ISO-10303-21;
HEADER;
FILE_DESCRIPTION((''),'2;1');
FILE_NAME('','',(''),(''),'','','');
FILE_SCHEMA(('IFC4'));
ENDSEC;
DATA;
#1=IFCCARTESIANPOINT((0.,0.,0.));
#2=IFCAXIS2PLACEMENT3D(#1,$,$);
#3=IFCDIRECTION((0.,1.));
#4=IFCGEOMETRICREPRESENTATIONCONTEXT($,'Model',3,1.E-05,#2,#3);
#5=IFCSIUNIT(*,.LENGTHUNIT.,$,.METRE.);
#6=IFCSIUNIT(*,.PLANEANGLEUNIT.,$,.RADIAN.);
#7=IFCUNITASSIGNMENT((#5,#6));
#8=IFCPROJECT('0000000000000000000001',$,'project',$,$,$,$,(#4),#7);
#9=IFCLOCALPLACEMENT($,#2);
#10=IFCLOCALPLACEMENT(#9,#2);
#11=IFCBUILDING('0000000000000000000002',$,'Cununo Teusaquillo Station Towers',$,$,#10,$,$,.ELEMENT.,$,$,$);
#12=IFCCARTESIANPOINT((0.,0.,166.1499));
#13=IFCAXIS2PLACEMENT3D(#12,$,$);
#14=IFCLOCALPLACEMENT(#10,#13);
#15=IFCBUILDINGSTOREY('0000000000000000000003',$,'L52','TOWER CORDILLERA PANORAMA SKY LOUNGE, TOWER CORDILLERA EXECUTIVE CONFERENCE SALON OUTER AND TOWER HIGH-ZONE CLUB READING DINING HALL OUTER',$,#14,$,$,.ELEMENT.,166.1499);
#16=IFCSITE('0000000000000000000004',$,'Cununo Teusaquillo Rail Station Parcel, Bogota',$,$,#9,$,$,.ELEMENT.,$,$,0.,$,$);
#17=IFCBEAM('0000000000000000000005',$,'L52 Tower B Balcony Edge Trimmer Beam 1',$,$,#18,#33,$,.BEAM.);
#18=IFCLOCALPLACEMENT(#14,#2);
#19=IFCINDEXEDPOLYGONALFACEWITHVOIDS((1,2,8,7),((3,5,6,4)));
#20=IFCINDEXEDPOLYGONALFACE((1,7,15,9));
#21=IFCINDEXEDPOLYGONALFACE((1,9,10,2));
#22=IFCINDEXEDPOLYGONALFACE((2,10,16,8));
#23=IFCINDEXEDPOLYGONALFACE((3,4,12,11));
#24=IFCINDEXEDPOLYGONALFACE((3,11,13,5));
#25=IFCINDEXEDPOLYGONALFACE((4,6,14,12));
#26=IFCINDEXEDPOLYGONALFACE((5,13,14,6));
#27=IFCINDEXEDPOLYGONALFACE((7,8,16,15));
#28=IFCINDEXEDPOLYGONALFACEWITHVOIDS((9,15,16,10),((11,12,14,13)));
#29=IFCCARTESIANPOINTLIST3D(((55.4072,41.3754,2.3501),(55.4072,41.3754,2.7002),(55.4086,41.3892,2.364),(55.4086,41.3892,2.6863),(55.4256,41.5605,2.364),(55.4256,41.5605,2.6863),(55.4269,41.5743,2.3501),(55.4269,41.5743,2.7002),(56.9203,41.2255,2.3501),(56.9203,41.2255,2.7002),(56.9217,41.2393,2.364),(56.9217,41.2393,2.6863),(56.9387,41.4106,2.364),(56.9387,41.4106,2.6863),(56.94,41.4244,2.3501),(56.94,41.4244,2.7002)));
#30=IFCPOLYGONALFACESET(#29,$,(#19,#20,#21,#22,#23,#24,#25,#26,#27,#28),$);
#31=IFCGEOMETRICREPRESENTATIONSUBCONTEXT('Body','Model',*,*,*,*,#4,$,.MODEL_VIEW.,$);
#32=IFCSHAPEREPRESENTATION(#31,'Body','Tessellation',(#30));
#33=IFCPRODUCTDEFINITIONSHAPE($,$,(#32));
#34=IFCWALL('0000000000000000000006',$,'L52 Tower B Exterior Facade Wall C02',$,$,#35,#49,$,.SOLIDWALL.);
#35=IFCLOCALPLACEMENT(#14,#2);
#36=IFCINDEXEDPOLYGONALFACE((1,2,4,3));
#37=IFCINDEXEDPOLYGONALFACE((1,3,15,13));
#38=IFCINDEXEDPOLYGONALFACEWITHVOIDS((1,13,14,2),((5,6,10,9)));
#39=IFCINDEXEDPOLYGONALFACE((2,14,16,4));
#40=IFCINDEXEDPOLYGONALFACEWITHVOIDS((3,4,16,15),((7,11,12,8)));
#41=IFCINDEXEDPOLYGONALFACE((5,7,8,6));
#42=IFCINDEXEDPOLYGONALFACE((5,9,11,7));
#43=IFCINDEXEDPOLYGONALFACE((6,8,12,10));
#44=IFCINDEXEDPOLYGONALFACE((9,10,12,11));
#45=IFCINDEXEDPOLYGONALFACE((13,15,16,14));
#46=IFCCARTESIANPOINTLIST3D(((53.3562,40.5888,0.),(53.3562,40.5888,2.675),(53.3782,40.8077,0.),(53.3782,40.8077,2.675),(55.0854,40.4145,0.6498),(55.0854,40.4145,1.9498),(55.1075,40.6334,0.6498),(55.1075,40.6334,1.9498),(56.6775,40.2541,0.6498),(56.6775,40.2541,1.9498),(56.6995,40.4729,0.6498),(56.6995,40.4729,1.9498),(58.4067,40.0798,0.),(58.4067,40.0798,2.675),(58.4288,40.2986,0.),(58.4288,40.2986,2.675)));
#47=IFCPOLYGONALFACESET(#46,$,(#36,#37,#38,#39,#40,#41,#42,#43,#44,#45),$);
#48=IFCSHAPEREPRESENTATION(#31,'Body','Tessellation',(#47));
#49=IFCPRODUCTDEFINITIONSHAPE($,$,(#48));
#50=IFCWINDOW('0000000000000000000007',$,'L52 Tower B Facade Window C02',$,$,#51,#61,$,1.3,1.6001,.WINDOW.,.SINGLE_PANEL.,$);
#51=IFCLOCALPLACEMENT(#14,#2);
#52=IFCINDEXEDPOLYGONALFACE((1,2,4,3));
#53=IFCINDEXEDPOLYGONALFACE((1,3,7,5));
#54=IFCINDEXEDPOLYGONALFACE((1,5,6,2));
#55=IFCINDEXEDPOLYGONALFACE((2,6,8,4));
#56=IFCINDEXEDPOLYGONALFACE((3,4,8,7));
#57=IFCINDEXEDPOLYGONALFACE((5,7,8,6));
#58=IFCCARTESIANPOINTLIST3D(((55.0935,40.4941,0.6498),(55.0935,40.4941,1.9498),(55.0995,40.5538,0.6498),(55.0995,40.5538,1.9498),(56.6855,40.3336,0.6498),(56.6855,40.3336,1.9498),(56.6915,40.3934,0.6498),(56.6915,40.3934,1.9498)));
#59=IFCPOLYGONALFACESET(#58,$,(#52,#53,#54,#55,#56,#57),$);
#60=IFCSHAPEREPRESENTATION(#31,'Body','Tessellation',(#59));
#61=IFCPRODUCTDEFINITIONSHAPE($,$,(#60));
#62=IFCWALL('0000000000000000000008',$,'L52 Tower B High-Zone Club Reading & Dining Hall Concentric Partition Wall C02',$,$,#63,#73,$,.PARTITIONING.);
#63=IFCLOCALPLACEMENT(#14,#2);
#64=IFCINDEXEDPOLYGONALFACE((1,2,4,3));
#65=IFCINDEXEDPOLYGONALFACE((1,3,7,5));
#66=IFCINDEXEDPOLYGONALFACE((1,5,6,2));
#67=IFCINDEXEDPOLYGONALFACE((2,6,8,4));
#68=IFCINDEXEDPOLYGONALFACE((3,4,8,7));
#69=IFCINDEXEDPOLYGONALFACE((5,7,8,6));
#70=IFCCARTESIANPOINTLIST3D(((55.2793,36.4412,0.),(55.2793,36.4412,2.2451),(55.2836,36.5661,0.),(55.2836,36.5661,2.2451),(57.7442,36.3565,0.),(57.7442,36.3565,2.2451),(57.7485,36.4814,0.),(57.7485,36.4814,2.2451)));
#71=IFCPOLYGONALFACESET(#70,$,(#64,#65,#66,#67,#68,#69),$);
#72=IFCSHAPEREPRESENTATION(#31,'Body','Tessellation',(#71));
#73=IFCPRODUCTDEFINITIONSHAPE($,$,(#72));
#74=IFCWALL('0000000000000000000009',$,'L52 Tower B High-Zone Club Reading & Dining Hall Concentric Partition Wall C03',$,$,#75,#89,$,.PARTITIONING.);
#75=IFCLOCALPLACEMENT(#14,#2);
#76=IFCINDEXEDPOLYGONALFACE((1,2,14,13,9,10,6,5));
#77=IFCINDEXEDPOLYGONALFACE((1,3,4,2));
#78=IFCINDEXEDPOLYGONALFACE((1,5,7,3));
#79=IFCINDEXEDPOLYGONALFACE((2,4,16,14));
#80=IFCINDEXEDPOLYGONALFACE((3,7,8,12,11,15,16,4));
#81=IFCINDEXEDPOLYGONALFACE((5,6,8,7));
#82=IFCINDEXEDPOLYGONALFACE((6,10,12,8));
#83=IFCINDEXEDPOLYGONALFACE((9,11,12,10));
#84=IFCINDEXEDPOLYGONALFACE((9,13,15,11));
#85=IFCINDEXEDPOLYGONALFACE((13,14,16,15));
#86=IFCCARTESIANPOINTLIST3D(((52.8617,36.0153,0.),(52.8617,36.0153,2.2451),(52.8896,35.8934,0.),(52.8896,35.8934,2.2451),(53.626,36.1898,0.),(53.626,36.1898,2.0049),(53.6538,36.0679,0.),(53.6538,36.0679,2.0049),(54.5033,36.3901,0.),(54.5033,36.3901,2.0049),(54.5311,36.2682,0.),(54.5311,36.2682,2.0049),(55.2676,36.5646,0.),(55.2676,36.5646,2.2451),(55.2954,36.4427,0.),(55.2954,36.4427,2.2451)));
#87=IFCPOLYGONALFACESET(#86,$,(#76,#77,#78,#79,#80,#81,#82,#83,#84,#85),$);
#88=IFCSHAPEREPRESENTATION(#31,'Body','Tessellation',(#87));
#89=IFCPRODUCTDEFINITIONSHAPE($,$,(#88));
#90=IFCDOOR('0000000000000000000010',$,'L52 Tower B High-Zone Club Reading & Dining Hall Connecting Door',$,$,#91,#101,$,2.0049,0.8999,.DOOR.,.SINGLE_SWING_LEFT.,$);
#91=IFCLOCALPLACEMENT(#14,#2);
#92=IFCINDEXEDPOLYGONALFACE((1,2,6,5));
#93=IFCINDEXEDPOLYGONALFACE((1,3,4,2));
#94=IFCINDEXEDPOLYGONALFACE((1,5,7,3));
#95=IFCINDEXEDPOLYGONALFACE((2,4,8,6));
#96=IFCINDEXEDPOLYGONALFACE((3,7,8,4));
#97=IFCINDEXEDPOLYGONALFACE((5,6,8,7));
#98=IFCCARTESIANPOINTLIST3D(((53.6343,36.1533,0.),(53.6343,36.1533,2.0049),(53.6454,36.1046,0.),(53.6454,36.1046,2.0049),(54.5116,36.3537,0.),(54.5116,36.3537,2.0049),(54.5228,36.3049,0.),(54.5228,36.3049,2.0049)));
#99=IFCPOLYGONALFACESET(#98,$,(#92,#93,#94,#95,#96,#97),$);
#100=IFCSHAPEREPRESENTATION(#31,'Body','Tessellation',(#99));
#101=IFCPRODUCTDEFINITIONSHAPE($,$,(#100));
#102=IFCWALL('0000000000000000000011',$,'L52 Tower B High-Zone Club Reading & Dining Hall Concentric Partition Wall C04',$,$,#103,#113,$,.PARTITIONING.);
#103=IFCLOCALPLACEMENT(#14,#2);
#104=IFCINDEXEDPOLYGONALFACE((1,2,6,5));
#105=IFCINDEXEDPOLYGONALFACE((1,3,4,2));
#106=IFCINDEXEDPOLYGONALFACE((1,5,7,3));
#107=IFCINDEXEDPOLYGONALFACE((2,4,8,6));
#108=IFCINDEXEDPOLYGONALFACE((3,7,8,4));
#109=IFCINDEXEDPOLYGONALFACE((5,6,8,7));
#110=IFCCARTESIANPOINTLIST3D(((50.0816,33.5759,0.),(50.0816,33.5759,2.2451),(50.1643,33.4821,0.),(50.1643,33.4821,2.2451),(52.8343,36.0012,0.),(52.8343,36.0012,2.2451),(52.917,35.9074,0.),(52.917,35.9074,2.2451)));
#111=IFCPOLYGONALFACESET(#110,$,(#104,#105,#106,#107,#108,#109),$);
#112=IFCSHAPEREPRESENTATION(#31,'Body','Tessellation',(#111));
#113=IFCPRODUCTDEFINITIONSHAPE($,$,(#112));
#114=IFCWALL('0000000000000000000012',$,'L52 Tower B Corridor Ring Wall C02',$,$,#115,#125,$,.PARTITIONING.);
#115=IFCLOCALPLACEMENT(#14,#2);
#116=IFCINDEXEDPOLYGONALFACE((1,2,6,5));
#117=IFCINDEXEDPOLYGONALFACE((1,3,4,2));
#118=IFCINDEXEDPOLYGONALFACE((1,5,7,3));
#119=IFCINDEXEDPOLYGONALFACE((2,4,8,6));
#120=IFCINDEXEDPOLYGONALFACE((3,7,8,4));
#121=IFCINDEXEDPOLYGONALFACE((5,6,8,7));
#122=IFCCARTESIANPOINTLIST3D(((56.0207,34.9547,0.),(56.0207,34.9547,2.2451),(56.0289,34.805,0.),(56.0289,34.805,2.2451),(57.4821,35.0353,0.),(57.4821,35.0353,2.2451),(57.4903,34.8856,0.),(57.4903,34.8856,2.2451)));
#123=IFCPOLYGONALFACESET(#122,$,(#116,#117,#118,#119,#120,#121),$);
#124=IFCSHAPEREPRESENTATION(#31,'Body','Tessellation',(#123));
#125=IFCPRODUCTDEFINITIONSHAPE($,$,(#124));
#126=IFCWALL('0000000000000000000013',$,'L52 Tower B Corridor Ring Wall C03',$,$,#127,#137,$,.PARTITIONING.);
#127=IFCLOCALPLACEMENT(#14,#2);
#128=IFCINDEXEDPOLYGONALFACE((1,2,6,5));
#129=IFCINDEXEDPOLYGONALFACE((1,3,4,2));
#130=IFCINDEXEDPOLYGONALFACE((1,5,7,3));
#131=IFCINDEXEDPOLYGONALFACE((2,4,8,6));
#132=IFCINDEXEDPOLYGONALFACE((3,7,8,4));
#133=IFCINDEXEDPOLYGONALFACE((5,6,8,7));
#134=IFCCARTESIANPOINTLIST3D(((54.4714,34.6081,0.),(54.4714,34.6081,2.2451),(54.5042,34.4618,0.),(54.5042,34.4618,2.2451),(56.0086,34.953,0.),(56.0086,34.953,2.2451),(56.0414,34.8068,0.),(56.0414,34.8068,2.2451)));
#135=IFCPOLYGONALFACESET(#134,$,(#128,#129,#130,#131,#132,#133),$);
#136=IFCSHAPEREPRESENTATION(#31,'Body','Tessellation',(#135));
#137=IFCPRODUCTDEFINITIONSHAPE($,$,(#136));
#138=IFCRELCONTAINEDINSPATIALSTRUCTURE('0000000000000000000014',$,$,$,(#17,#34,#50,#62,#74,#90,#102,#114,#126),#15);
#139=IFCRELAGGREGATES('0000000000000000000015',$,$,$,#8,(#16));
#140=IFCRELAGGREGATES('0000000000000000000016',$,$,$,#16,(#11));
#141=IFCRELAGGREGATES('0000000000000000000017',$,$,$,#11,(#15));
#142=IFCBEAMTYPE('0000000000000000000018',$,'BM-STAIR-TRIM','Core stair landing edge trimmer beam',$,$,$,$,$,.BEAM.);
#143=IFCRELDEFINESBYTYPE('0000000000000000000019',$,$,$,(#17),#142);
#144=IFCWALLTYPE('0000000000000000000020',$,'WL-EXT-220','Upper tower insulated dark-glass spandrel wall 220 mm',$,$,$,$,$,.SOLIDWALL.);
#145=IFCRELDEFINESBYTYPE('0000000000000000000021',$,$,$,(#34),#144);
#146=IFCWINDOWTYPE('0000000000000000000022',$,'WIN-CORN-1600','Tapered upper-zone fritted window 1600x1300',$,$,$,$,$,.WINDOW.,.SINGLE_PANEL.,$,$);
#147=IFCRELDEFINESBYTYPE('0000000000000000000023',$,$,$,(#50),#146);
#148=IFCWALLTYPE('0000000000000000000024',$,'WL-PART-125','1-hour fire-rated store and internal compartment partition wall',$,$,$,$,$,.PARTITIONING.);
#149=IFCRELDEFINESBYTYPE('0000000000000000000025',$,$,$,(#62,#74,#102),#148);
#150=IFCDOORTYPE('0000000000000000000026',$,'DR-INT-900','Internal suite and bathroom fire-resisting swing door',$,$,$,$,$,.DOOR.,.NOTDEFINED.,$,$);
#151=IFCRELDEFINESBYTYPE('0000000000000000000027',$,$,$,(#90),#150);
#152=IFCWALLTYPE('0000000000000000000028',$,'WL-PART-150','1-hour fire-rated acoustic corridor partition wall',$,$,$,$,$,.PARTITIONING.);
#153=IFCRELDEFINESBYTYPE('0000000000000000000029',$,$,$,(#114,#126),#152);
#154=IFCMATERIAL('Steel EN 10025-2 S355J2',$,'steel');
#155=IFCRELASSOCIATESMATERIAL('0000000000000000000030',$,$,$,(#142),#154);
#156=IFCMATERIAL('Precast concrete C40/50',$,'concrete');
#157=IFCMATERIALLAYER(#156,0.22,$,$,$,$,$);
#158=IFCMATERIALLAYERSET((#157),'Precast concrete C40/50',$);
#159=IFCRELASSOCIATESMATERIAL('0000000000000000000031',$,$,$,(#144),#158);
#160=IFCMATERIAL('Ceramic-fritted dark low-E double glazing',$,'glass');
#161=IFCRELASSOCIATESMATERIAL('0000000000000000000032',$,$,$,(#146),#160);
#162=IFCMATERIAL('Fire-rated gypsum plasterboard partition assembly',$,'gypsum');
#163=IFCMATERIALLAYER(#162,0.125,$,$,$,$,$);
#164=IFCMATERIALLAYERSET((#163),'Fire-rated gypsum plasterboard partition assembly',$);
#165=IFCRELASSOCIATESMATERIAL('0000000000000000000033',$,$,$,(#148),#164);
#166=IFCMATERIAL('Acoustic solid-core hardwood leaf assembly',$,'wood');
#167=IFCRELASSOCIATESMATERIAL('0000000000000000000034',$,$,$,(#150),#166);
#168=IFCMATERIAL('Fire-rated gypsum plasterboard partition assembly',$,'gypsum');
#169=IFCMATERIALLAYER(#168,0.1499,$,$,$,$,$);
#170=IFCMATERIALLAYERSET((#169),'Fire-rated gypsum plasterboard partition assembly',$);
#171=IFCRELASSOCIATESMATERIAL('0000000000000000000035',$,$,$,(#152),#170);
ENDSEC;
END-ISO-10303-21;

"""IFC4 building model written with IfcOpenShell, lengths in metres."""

from ifc_helpers import new_model, si_unit, direction, frame, frame_2d, origin, origin_2d, place, context, subcontext, project, spatial, rectangle, hollow_rectangle, extrude, source, transform, mapped, material, layer, layer_set, material_profile, profile_set, type_object, element, fill, save


model = new_model("IFC4")

# Units and contexts
model_context = context("Model", 3, precision=1e-05, world=origin(), true_north=direction((0.0, 1.0)))
body_context = subcontext(model_context, "Body", "Model", "MODEL_VIEW")
ifc_project = project(units=[si_unit("LENGTHUNIT", "METRE"), si_unit("PLANEANGLEUNIT", "RADIAN")], contexts=[model_context])

# Site, building, storey
site_placement = place(None, origin())
site = spatial("IfcSite", under=ifc_project, at=site_placement, Name="Cununo Teusaquillo Rail Station Parcel, Bogota", CompositionType="ELEMENT", RefElevation=0.0)
building_placement = place(site_placement, origin())
building = spatial("IfcBuilding", under=site, at=building_placement, Name="Cununo Teusaquillo Station Towers", CompositionType="ELEMENT")
storey_placement = place(building_placement, frame((0.0, 0.0, 166.1499)))
storey = spatial("IfcBuildingStorey", under=building, at=storey_placement, Name="L52", Description="TOWER CORDILLERA PANORAMA SKY LOUNGE, TOWER CORDILLERA EXECUTIVE CONFERENCE SALON OUTER AND TOWER HIGH-ZONE CLUB READING DINING HALL OUTER", CompositionType="ELEMENT", Elevation=166.1499)

# Beam
ifc_material_1 = material(Name="Steel EN 10025-2 S355J2", Category="steel")
ifc_material_profile_1 = material_profile(ifc_material_1, hollow_rectangle(XDim=0.2, YDim=0.3501, WallThickness=0.0139, at=origin_2d()), Name="RHS 350x200x14")
ifc_profile_set_1 = profile_set([ifc_material_profile_1], Name="Steel EN 10025-2 S355J2")
beam_type_1 = type_object("IfcBeamType", Name="BM-STAIR-TRIM", Description="Core stair landing edge trimmer beam", PredefinedType="BEAM", material=ifc_profile_set_1)
beam_1_placement = place(storey_placement, frame((56.9302, 41.325, 2.5251), z_axis=(-0.995129, 0.098582, 0.0), x_axis=(-0.098582, -0.995129, 0.0)))
element("IfcBeam", 1, at=beam_1_placement, inside=storey, type_object=beam_type_1, Name="L52 Tower B Balcony Edge Trimmer Beam 1", PredefinedType="BEAM", context=body_context, shape_type="SweptSolid", body=[
    extrude(hollow_rectangle(XDim=0.2, YDim=0.3501, WallThickness=0.0139, at=origin_2d()), origin(), (0.0, 0.0, 1.0), 1.5205),
])

# Wall, opening, window
ifc_material_2 = material(Name="Precast concrete C40/50", Category="concrete")
ifc_layer_1 = layer(ifc_material_2, 0.22)
ifc_layer_set_1 = layer_set([ifc_layer_1], Name="Precast concrete C40/50")
wall_type_1 = type_object("IfcWallType", Name="WL-EXT-220", Description="Upper tower insulated dark-glass spandrel wall 220 mm", PredefinedType="SOLIDWALL", material=ifc_layer_set_1)
wall_1_placement = place(storey_placement, frame((53.3672, 40.6982, 0.0), z_axis=(0.0, 0.0, 1.0), x_axis=(0.994959, -0.10028, 0.0)))
wall_1 = element("IfcWall", 2, at=wall_1_placement, inside=storey, type_object=wall_type_1, Name="L52 Tower B Exterior Facade Wall C02", PredefinedType="SOLIDWALL", context=body_context, shape_type="SweptSolid", body=[
    extrude(rectangle(XDim=5.0762, YDim=0.22, at=frame_2d((2.5381, 0.0))), origin(), (0.0, 0.0, 1.0), 2.675),
])
shared_shape_1 = source(origin(), body_context, "Body", "SweptSolid", [
    extrude(rectangle(XDim=1.6001, YDim=1.3, at=frame_2d((0.8, 0.6499))), frame((0.0, 0.1199, 0.0), z_axis=(0.0, -1.0, 0.0), x_axis=(1.0, 0.0, 0.0)), (0.0, 0.0, 1.0), 0.24),
])
opening_1_placement = place(wall_1_placement, frame((1.738, 0.0, 0.6499)))
opening_1 = element("IfcOpeningElement", 3, at=opening_1_placement, cuts=wall_1, PredefinedType="OPENING", context=body_context, shape_type="MappedRepresentation", body=[
    mapped(shared_shape_1, transform((0.0, 0.0, 0.0), x_axis=(1.0, 0.0, 0.0), y_axis=(0.0, 1.0, 0.0), z_axis=(0.0, 0.0, 1.0), scale=1.0)),
])
ifc_material_3 = material(Name="Ceramic-fritted dark low-E double glazing", Category="glass")
window_type = type_object("IfcWindowType", Name="WIN-CORN-1600", Description="Tapered upper-zone fritted window 1600x1300", PartitioningType="SINGLE_PANEL", PredefinedType="WINDOW", material=ifc_material_3)
shared_shape_2 = source(origin(), body_context, "Body", "SweptSolid", [
    extrude(rectangle(XDim=1.6001, YDim=1.3, at=frame_2d((0.8, 0.6499))), frame((0.0, 0.03, 0.0), z_axis=(0.0, -1.0, 0.0), x_axis=(1.0, 0.0, 0.0)), (0.0, 0.0, 1.0), 0.0601),
])
window_placement = place(opening_1_placement, origin())
window = element("IfcWindow", 4, at=window_placement, inside=storey, type_object=window_type, Name="L52 Tower B Facade Window C02", OverallHeight=1.3, OverallWidth=1.6001, PartitioningType="SINGLE_PANEL", PredefinedType="WINDOW", context=body_context, shape_type="MappedRepresentation", body=[
    mapped(shared_shape_2, transform((0.0, 0.0, 0.0), x_axis=(1.0, 0.0, 0.0), y_axis=(0.0, 1.0, 0.0), z_axis=(0.0, 0.0, 1.0), scale=1.0)),
])
fill(opening_1, window)

# Wall
ifc_material_4 = material(Name="Fire-rated gypsum plasterboard partition assembly", Category="gypsum")
ifc_layer_2 = layer(ifc_material_4, 0.125)
ifc_layer_set_2 = layer_set([ifc_layer_2], Name="Fire-rated gypsum plasterboard partition assembly")
wall_type_2 = type_object("IfcWallType", Name="WL-PART-125", Description="1-hour fire-rated store and internal compartment partition wall", PredefinedType="PARTITIONING", material=ifc_layer_set_2)
wall_2_placement = place(storey_placement, frame((57.7463, 36.4189, 0.0), z_axis=(0.0, 0.0, 1.0), x_axis=(-0.99941, 0.03435, 0.0)))
element("IfcWall", 5, at=wall_2_placement, inside=storey, type_object=wall_type_2, Name="L52 Tower B High-Zone Club Reading & Dining Hall Concentric Partition Wall C02", PredefinedType="PARTITIONING", context=body_context, shape_type="SweptSolid", body=[
    extrude(rectangle(XDim=2.4663, YDim=0.125, at=frame_2d((1.2332, 0.0))), origin(), (0.0, 0.0, 1.0), 2.2451),
])

# Wall, opening, door
wall_3_placement = place(storey_placement, frame((55.2815, 36.5037, 0.0), z_axis=(0.0, 0.0, 1.0), x_axis=(-0.974909, -0.222605, 0.0)))
wall_3 = element("IfcWall", 6, at=wall_3_placement, inside=storey, type_object=wall_type_2, Name="L52 Tower B High-Zone Club Reading & Dining Hall Concentric Partition Wall C03", PredefinedType="PARTITIONING", context=body_context, shape_type="SweptSolid", body=[
    extrude(rectangle(XDim=2.4678, YDim=0.125, at=frame_2d((1.2339, 0.0))), origin(), (0.0, 0.0, 1.0), 2.2451),
])
shared_shape_3 = source(origin(), body_context, "Body", "SweptSolid", [
    extrude(rectangle(XDim=0.8999, YDim=2.0049, at=frame_2d((0.45, 1.0024))), frame((0.0, 0.0725, 0.0), z_axis=(0.0, -1.0, 0.0), x_axis=(1.0, 0.0, 0.0)), (0.0, 0.0, 1.0), 0.145),
])
opening_2_placement = place(wall_3_placement, frame((0.7839, 0.0, 0.0)))
opening_2 = element("IfcOpeningElement", 7, at=opening_2_placement, cuts=wall_3, PredefinedType="OPENING", context=body_context, shape_type="MappedRepresentation", body=[
    mapped(shared_shape_3, transform((0.0, 0.0, 0.0), x_axis=(1.0, 0.0, 0.0), y_axis=(0.0, 1.0, 0.0), z_axis=(0.0, 0.0, 1.0), scale=1.0)),
])
ifc_material_5 = material(Name="Acoustic solid-core hardwood leaf assembly", Category="wood")
door_type_1 = type_object("IfcDoorType", Name="DR-INT-900", Description="Internal suite and bathroom fire-resisting swing door", OperationType="NOTDEFINED", PredefinedType="DOOR", material=ifc_material_5)
shared_shape_4 = source(origin(), body_context, "Body", "SweptSolid", [
    extrude(rectangle(XDim=0.8999, YDim=2.0049, at=frame_2d((0.45, 1.0024))), frame((0.0, 0.0249, 0.0), z_axis=(0.0, -1.0, 0.0), x_axis=(1.0, 0.0, 0.0)), (0.0, 0.0, 1.0), 0.05),
])
door_1_placement = place(opening_2_placement, origin())
door_1 = element("IfcDoor", 8, at=door_1_placement, inside=storey, type_object=door_type_1, Name="L52 Tower B High-Zone Club Reading & Dining Hall Connecting Door", OperationType="SINGLE_SWING_LEFT", OverallHeight=2.0049, OverallWidth=0.8999, PredefinedType="DOOR", context=body_context, shape_type="MappedRepresentation", body=[
    mapped(shared_shape_4, transform((0.0, 0.0, 0.0), x_axis=(1.0, 0.0, 0.0), y_axis=(0.0, 1.0, 0.0), z_axis=(0.0, 0.0, 1.0), scale=1.0)),
])
fill(opening_2, door_1)

# Walls
wall_4_placement = place(storey_placement, frame((52.8757, 35.9543, 0.0), z_axis=(0.0, 0.0, 1.0), x_axis=(-0.750317, -0.661078, 0.0)))
element("IfcWall", 9, at=wall_4_placement, inside=storey, type_object=wall_type_2, Name="L52 Tower B High-Zone Club Reading & Dining Hall Concentric Partition Wall C04", PredefinedType="PARTITIONING", context=body_context, shape_type="SweptSolid", body=[
    extrude(rectangle(XDim=3.6687, YDim=0.125, at=frame_2d((1.8345, 0.0))), origin(), (0.0, 0.0, 1.0), 2.2451),
])
ifc_material_6 = material(Name="Fire-rated gypsum plasterboard partition assembly", Category="gypsum")
ifc_layer_3 = layer(ifc_material_6, 0.1499)
ifc_layer_set_3 = layer_set([ifc_layer_3], Name="Fire-rated gypsum plasterboard partition assembly")
wall_type_3 = type_object("IfcWallType", Name="WL-PART-150", Description="1-hour fire-rated acoustic corridor partition wall", PredefinedType="PARTITIONING", material=ifc_layer_set_3)
wall_5_placement = place(storey_placement, frame((57.4863, 34.9604, 0.0), z_axis=(0.0, 0.0, 1.0), x_axis=(-0.998484, -0.055045, 0.0)))
element("IfcWall", 10, at=wall_5_placement, inside=storey, type_object=wall_type_3, Name="L52 Tower B Corridor Ring Wall C02", PredefinedType="PARTITIONING", context=body_context, shape_type="SweptSolid", body=[
    extrude(rectangle(XDim=1.4636, YDim=0.1499, at=frame_2d((0.7319, 0.0))), origin(), (0.0, 0.0, 1.0), 2.2451),
])
wall_6_placement = place(storey_placement, frame((56.0249, 34.8799, 0.0), z_axis=(0.0, 0.0, 1.0), x_axis=(-0.975729, -0.218981, 0.0)))
element("IfcWall", 11, at=wall_6_placement, inside=storey, type_object=wall_type_3, Name="L52 Tower B Corridor Ring Wall C03", PredefinedType="PARTITIONING", context=body_context, shape_type="SweptSolid", body=[
    extrude(rectangle(XDim=1.5754, YDim=0.1499, at=frame_2d((0.7876, 0.0))), origin(), (0.0, 0.0, 1.0), 2.2451),
])

save(model, "model.ifc")
